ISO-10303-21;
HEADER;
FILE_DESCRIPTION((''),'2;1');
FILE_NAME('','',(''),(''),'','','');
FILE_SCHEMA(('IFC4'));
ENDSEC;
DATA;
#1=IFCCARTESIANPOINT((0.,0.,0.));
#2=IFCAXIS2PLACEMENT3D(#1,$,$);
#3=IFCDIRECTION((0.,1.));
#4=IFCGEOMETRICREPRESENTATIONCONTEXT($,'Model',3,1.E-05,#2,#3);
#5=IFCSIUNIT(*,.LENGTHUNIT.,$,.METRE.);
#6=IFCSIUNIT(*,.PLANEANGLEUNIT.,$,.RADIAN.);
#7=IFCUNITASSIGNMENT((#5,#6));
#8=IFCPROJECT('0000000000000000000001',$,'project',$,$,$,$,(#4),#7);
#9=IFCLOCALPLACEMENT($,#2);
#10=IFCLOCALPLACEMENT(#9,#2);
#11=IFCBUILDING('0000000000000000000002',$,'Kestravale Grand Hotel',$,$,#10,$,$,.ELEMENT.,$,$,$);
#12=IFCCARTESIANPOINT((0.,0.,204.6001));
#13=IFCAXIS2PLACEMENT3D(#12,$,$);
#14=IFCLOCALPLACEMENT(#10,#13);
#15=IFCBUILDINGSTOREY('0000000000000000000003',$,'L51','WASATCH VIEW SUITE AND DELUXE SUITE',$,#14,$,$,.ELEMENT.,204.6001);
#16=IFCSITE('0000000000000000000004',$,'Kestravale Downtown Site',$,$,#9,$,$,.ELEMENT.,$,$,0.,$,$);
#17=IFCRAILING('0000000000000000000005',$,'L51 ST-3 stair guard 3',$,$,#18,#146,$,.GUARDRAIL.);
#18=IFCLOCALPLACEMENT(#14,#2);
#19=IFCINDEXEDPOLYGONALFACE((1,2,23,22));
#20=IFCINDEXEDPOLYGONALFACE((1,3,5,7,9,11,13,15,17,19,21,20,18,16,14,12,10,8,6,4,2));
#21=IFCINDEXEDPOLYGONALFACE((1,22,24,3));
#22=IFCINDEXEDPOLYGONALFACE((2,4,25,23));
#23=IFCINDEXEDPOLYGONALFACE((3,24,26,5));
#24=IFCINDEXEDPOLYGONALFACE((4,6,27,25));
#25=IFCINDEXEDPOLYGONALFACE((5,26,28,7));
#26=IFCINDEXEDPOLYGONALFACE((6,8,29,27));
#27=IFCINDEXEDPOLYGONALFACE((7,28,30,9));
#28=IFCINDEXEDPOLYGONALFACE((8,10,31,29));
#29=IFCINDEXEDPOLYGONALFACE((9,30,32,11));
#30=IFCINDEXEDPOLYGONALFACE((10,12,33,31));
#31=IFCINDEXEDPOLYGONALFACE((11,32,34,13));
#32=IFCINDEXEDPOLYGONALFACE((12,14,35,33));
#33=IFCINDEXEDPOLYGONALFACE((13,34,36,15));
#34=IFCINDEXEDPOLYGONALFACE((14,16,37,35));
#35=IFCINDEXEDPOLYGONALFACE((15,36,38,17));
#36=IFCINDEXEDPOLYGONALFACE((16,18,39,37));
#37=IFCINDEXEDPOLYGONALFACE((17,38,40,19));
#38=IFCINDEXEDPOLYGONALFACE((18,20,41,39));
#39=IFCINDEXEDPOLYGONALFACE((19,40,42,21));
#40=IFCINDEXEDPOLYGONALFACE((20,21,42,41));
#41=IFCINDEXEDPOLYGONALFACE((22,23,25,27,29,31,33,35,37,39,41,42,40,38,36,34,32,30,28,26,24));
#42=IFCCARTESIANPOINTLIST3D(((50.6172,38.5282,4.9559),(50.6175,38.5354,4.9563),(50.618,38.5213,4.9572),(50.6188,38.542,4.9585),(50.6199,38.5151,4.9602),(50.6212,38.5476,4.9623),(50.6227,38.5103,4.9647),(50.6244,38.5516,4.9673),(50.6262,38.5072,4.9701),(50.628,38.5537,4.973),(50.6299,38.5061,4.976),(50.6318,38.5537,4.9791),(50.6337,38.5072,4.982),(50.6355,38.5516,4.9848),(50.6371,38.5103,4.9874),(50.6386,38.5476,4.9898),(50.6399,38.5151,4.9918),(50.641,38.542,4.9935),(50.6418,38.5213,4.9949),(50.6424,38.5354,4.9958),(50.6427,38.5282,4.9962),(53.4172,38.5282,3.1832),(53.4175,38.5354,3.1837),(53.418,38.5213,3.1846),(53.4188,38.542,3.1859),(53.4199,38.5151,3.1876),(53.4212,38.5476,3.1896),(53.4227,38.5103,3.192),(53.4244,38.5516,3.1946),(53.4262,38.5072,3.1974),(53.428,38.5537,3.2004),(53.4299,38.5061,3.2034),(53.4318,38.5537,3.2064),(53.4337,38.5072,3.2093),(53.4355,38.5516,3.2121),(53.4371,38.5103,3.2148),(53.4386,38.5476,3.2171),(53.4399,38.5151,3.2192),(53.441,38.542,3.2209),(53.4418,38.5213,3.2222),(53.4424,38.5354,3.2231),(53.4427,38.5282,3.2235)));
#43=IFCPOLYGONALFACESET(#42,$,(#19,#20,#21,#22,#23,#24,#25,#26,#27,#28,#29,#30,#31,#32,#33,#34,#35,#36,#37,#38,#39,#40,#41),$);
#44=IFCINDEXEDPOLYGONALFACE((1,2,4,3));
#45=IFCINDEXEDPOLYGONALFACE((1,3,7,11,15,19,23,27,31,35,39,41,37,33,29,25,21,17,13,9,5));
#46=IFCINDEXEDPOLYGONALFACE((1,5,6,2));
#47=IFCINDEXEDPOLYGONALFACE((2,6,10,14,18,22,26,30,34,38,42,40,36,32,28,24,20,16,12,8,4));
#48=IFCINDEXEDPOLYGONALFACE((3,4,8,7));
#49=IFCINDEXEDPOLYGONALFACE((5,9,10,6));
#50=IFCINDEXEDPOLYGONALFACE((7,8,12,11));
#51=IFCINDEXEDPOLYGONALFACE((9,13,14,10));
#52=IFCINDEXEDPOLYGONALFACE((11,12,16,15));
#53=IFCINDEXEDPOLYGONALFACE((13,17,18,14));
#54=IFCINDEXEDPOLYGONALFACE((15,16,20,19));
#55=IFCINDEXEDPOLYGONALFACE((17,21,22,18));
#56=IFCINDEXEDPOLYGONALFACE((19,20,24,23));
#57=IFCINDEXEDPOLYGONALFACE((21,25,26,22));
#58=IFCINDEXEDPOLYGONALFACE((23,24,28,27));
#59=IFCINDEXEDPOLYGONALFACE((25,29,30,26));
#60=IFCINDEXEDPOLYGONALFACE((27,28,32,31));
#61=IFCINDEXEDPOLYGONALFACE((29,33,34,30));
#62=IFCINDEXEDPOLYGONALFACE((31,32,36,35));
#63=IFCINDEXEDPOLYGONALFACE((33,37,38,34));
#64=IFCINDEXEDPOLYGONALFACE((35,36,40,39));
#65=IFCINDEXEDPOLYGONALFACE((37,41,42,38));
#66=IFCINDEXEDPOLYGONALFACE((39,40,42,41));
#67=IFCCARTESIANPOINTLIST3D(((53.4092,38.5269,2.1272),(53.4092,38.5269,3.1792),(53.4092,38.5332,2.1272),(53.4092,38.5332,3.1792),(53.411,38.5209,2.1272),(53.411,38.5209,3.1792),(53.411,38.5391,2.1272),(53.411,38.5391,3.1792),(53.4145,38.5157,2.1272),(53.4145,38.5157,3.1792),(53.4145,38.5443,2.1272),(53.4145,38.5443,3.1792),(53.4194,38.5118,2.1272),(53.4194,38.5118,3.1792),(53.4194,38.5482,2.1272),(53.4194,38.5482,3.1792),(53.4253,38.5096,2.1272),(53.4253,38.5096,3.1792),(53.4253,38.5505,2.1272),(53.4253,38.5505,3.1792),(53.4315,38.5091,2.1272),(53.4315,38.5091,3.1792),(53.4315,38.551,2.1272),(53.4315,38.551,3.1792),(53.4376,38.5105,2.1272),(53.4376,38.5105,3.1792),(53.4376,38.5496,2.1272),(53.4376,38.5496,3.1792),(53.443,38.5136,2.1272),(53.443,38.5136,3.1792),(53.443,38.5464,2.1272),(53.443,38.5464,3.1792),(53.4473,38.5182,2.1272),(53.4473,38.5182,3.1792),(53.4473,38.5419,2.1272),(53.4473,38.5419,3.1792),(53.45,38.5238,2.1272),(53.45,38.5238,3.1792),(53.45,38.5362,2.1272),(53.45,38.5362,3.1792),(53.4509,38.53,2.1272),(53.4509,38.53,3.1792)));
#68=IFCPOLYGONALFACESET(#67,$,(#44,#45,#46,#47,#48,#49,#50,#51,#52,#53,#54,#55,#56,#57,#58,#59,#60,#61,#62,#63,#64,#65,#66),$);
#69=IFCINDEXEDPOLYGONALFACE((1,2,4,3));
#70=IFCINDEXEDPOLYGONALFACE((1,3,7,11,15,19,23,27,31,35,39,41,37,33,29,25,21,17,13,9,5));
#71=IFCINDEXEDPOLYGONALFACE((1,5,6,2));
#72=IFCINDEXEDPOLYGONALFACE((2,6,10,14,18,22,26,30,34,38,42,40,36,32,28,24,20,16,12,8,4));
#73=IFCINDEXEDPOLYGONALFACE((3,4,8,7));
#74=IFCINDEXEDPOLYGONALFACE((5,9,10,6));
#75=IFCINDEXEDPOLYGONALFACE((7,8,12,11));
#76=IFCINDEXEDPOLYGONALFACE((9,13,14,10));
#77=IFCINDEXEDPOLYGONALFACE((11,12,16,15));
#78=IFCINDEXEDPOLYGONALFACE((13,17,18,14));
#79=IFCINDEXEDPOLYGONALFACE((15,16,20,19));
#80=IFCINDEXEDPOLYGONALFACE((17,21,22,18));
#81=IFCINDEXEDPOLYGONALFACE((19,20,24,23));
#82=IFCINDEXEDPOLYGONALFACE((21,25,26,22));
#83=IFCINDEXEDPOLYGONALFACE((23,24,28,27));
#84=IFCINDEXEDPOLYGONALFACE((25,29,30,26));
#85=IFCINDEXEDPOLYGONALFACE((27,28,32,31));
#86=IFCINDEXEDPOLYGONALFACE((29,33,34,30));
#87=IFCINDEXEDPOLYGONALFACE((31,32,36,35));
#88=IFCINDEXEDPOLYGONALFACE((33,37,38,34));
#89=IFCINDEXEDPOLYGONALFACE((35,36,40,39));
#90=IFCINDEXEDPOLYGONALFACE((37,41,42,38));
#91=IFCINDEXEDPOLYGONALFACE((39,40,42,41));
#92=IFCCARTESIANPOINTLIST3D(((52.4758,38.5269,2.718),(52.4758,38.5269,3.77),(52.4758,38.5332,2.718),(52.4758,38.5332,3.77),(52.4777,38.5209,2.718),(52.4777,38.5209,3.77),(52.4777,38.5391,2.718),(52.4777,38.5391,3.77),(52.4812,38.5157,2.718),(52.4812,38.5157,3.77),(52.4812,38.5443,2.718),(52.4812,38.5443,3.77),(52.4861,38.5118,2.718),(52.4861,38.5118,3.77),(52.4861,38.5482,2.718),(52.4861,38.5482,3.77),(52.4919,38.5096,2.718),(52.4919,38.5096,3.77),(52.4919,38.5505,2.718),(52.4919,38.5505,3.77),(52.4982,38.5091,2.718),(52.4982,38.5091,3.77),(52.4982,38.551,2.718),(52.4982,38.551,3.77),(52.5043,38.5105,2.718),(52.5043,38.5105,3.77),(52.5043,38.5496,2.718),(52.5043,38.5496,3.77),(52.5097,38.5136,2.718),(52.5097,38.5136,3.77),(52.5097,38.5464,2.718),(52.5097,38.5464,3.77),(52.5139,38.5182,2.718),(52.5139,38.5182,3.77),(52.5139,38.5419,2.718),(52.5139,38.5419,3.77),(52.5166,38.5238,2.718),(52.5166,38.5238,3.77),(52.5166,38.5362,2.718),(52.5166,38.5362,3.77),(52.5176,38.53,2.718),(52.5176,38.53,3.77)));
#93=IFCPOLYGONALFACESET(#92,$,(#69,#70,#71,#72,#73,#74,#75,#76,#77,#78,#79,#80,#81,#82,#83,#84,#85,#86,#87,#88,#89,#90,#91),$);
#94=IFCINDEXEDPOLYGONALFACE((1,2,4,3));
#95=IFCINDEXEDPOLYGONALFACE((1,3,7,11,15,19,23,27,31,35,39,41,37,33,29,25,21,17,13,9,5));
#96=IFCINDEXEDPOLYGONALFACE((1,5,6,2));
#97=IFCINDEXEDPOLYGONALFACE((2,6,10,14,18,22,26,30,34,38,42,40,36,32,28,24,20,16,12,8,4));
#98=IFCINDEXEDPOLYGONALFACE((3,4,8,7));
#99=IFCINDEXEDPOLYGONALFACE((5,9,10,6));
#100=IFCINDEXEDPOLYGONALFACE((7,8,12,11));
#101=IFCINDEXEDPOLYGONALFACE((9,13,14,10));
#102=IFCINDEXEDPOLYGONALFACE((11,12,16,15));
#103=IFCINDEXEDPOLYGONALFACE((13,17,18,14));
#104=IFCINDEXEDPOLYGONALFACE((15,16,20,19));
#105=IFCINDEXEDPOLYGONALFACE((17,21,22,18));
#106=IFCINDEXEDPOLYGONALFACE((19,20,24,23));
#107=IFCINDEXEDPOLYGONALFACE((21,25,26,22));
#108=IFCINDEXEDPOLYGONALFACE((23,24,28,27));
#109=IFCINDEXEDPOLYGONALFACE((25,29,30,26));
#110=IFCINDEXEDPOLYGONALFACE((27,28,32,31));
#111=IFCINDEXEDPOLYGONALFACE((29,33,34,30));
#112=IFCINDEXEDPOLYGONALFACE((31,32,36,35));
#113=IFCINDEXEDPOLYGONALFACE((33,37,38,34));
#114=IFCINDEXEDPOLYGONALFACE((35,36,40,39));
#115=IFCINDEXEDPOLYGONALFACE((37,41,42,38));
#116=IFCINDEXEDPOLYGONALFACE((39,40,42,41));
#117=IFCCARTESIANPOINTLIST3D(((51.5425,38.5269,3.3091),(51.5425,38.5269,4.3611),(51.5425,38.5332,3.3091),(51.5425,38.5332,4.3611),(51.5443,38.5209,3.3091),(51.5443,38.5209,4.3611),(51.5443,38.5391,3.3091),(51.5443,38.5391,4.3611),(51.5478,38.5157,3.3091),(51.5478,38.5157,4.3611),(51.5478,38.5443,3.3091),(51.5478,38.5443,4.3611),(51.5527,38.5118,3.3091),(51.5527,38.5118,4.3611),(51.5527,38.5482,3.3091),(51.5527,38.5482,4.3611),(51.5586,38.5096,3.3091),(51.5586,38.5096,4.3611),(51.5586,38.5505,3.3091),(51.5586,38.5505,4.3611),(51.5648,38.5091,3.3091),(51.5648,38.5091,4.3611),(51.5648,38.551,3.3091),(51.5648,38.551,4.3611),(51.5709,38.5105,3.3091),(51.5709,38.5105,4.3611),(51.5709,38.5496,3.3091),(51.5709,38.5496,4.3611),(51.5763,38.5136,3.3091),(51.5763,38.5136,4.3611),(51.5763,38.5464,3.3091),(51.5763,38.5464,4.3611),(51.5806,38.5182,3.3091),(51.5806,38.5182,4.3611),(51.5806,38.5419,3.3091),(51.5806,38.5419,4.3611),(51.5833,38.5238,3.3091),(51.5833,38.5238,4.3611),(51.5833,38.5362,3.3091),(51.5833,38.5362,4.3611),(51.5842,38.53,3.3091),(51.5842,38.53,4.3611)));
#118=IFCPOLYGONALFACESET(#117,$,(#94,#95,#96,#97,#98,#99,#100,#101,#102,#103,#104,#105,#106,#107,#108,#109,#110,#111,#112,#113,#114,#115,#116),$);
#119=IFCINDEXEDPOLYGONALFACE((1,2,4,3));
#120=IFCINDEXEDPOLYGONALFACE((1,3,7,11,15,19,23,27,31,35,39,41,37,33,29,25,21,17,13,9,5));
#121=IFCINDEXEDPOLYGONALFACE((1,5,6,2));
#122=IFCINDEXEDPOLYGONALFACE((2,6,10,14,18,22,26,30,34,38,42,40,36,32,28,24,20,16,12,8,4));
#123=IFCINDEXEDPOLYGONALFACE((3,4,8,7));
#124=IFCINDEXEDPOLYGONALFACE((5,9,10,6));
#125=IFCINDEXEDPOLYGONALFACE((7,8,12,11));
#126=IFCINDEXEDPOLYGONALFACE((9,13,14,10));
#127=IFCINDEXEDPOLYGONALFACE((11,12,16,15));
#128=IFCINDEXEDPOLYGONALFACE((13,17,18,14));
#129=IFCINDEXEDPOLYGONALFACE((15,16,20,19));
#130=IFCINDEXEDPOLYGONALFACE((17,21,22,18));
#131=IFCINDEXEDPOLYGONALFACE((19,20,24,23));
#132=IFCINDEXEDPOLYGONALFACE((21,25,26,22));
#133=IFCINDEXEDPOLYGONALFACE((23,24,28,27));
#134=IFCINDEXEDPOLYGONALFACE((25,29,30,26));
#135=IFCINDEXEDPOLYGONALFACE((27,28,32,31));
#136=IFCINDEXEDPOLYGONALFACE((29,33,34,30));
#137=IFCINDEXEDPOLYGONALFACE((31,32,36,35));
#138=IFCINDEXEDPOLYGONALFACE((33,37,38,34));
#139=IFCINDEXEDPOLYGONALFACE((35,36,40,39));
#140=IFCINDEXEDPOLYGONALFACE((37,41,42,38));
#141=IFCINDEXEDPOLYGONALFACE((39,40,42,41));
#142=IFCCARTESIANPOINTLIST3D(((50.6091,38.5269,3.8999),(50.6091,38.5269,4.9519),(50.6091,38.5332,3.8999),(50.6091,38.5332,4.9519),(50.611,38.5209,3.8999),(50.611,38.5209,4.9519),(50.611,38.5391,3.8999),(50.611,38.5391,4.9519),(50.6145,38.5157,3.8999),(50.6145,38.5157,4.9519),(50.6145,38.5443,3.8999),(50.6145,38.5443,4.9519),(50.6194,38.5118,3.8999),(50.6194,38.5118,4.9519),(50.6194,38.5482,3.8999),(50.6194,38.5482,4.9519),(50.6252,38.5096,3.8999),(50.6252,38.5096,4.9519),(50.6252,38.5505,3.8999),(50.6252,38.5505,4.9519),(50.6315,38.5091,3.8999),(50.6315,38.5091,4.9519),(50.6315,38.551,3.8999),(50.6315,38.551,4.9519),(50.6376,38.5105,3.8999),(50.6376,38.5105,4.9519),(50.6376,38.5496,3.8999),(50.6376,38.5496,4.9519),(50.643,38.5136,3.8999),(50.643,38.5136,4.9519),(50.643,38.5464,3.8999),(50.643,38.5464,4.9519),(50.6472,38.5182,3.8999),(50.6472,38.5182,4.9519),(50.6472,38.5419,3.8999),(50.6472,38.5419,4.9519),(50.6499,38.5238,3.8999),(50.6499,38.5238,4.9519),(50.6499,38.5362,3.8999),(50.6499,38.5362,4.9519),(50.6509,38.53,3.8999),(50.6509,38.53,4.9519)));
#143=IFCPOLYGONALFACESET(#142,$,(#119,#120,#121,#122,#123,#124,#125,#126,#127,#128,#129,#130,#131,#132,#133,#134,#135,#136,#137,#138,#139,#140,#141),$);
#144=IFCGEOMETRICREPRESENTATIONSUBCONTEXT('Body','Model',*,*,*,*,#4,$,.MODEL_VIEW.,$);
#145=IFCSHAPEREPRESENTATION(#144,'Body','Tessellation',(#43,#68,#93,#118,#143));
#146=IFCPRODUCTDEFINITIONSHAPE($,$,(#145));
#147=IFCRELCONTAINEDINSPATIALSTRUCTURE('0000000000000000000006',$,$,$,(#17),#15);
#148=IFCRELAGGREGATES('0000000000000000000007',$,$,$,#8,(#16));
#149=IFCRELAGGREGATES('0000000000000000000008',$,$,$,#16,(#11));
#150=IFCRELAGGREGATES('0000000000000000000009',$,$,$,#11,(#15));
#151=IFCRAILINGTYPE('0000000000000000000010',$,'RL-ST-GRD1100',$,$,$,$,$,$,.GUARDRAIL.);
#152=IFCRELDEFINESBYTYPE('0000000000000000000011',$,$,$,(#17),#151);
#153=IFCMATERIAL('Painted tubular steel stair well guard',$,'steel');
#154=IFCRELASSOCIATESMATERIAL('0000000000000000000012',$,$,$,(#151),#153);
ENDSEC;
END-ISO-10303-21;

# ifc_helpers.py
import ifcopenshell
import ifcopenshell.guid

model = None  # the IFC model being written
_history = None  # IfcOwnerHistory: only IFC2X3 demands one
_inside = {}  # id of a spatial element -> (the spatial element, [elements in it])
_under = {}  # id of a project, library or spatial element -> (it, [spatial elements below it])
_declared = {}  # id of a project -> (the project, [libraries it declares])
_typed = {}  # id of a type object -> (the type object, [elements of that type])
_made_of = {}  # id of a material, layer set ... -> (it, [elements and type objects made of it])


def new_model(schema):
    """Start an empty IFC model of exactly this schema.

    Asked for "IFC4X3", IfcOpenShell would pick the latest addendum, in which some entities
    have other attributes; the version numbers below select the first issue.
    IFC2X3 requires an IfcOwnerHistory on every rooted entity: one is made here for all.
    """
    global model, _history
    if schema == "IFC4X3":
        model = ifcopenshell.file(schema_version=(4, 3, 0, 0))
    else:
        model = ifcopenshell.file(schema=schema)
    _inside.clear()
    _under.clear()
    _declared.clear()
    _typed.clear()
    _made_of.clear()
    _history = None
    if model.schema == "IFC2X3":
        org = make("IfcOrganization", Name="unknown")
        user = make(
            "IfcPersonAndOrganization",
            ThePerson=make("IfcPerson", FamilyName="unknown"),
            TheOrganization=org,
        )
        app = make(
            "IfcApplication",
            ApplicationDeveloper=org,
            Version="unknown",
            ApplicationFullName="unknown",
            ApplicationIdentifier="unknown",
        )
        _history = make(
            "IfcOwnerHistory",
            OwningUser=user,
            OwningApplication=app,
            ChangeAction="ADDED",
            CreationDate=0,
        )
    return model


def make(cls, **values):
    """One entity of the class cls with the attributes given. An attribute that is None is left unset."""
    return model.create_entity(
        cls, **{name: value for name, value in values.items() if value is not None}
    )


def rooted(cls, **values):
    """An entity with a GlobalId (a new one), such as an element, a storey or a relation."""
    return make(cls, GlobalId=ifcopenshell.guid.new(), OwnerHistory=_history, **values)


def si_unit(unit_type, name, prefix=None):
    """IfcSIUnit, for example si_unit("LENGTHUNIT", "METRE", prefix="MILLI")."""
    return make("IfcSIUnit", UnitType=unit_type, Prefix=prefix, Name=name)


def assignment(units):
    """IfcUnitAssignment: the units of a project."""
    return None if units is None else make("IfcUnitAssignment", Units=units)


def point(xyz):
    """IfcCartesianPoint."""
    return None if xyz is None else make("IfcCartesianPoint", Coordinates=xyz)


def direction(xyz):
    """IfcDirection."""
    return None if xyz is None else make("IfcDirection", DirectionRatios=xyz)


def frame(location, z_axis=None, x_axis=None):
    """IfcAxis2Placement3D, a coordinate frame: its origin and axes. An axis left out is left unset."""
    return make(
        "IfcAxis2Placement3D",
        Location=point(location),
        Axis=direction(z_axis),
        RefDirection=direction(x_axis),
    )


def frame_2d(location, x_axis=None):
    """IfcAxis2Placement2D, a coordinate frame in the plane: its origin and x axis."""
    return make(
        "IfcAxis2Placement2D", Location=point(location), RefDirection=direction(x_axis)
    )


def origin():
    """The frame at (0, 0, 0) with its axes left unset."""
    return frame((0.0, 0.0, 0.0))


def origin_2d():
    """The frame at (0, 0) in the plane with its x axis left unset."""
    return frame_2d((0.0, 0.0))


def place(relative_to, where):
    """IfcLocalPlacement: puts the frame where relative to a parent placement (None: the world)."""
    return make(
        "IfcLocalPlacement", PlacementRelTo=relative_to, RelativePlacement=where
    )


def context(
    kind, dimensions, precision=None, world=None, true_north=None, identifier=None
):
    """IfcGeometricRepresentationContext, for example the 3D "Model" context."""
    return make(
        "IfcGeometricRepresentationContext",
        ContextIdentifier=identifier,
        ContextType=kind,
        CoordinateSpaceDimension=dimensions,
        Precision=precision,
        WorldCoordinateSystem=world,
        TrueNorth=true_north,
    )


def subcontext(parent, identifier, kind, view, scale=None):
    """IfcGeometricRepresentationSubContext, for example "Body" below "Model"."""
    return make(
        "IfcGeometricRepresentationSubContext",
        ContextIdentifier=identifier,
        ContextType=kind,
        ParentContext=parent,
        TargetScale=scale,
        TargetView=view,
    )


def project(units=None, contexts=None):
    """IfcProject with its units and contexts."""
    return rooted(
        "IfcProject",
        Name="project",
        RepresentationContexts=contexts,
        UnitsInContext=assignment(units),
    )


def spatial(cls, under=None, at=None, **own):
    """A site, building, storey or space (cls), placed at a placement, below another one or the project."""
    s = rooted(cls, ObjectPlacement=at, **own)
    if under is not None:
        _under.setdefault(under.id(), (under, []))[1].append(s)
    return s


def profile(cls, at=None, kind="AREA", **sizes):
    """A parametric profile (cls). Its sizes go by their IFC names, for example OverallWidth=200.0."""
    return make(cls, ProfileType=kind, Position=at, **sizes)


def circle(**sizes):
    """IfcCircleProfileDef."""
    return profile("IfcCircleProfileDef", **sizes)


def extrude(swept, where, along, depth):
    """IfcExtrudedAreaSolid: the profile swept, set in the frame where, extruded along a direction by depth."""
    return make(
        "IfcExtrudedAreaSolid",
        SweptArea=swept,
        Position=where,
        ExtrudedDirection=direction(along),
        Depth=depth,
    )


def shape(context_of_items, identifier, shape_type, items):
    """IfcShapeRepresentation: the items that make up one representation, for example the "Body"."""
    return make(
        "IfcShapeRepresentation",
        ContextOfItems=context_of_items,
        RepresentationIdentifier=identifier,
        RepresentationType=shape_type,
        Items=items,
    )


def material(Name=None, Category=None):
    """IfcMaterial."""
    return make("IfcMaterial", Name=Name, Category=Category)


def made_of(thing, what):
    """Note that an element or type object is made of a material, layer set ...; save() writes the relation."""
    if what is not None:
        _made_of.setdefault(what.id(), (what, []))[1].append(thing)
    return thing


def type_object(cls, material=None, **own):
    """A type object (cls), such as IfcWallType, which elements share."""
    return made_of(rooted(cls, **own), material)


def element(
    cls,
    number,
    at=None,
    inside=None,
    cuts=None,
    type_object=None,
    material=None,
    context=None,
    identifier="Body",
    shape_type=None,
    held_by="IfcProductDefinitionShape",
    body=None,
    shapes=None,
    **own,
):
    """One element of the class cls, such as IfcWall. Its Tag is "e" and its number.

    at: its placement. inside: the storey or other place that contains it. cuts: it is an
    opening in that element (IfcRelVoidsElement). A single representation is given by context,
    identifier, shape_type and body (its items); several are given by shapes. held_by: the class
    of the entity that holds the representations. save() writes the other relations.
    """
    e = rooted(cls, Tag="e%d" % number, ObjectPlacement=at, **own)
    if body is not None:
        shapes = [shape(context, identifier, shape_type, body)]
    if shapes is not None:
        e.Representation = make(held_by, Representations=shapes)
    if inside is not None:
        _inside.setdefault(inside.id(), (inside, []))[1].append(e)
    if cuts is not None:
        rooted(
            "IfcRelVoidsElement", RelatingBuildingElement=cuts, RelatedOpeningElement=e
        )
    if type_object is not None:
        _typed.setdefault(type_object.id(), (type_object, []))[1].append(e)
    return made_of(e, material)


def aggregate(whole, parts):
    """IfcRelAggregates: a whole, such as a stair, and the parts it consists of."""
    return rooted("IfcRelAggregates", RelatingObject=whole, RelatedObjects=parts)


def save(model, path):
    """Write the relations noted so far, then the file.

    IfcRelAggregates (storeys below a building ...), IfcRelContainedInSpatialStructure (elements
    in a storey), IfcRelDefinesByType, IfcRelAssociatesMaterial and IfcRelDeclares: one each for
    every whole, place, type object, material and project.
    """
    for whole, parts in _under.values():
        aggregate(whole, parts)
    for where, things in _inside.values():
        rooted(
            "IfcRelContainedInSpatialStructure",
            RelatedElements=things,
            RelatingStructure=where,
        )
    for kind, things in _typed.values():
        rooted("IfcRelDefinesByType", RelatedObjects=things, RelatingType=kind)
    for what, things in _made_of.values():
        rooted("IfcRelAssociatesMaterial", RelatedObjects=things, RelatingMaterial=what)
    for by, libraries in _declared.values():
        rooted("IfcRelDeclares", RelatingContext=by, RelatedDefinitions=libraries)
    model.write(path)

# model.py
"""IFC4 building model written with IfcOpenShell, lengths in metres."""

from ifc_helpers import new_model, si_unit, direction, frame, origin, origin_2d, place, context, subcontext, project, spatial, circle, extrude, material, type_object, element, save


model = new_model("IFC4")

# Units and contexts
model_context = context("Model", 3, precision=1e-05, world=origin(), true_north=direction((0.0, 1.0)))
body_context = subcontext(model_context, "Body", "Model", "MODEL_VIEW")
ifc_project = project(units=[si_unit("LENGTHUNIT", "METRE"), si_unit("PLANEANGLEUNIT", "RADIAN")], contexts=[model_context])

# Site, building, storey
site_placement = place(None, origin())
site = spatial("IfcSite", under=ifc_project, at=site_placement, Name="Kestravale Downtown Site", CompositionType="ELEMENT", RefElevation=0.0)
building_placement = place(site_placement, origin())
building = spatial("IfcBuilding", under=site, at=building_placement, Name="Kestravale Grand Hotel", CompositionType="ELEMENT")
storey_placement = place(building_placement, frame((0.0, 0.0, 204.6001)))
storey = spatial("IfcBuildingStorey", under=building, at=storey_placement, Name="L51", Description="WASATCH VIEW SUITE AND DELUXE SUITE", CompositionType="ELEMENT", Elevation=204.6001)

# Railing
ifc_material_1 = material(Name="Painted tubular steel stair well guard", Category="steel")
railing_type_1 = type_object("IfcRailingType", Name="RL-ST-GRD1100", PredefinedType="GUARDRAIL", material=ifc_material_1)
railing_1_placement = place(storey_placement, frame((53.4299, 38.53, 2.1272)))
element("IfcRailing", 1, at=railing_1_placement, inside=storey, type_object=railing_type_1, Name="L51 ST-3 stair guard 3", PredefinedType="GUARDRAIL", context=body_context, shape_type="SweptSolid", body=[
    extrude(circle(Radius=0.0239, at=origin_2d()), frame((0.0, 0.0, 1.0762), z_axis=(-0.844909, 0.0, 0.53491), x_axis=(0.0, -1.0, 0.0)), (0.0, 0.0, 1.0), 3.314),
    extrude(circle(Radius=0.021, at=origin_2d()), origin(), (0.0, 0.0, 1.0), 1.052),
    extrude(circle(Radius=0.021, at=origin_2d()), frame((-0.9333, 0.0, 0.5908)), (0.0, 0.0, 1.0), 1.052),
    extrude(circle(Radius=0.021, at=origin_2d()), frame((-1.8667, 0.0, 1.1819)), (0.0, 0.0, 1.0), 1.052),
    extrude(circle(Radius=0.021, at=origin_2d()), frame((-2.8, 0.0, 1.7727)), (0.0, 0.0, 1.0), 1.052),
])

save(model, "model.ifc")
